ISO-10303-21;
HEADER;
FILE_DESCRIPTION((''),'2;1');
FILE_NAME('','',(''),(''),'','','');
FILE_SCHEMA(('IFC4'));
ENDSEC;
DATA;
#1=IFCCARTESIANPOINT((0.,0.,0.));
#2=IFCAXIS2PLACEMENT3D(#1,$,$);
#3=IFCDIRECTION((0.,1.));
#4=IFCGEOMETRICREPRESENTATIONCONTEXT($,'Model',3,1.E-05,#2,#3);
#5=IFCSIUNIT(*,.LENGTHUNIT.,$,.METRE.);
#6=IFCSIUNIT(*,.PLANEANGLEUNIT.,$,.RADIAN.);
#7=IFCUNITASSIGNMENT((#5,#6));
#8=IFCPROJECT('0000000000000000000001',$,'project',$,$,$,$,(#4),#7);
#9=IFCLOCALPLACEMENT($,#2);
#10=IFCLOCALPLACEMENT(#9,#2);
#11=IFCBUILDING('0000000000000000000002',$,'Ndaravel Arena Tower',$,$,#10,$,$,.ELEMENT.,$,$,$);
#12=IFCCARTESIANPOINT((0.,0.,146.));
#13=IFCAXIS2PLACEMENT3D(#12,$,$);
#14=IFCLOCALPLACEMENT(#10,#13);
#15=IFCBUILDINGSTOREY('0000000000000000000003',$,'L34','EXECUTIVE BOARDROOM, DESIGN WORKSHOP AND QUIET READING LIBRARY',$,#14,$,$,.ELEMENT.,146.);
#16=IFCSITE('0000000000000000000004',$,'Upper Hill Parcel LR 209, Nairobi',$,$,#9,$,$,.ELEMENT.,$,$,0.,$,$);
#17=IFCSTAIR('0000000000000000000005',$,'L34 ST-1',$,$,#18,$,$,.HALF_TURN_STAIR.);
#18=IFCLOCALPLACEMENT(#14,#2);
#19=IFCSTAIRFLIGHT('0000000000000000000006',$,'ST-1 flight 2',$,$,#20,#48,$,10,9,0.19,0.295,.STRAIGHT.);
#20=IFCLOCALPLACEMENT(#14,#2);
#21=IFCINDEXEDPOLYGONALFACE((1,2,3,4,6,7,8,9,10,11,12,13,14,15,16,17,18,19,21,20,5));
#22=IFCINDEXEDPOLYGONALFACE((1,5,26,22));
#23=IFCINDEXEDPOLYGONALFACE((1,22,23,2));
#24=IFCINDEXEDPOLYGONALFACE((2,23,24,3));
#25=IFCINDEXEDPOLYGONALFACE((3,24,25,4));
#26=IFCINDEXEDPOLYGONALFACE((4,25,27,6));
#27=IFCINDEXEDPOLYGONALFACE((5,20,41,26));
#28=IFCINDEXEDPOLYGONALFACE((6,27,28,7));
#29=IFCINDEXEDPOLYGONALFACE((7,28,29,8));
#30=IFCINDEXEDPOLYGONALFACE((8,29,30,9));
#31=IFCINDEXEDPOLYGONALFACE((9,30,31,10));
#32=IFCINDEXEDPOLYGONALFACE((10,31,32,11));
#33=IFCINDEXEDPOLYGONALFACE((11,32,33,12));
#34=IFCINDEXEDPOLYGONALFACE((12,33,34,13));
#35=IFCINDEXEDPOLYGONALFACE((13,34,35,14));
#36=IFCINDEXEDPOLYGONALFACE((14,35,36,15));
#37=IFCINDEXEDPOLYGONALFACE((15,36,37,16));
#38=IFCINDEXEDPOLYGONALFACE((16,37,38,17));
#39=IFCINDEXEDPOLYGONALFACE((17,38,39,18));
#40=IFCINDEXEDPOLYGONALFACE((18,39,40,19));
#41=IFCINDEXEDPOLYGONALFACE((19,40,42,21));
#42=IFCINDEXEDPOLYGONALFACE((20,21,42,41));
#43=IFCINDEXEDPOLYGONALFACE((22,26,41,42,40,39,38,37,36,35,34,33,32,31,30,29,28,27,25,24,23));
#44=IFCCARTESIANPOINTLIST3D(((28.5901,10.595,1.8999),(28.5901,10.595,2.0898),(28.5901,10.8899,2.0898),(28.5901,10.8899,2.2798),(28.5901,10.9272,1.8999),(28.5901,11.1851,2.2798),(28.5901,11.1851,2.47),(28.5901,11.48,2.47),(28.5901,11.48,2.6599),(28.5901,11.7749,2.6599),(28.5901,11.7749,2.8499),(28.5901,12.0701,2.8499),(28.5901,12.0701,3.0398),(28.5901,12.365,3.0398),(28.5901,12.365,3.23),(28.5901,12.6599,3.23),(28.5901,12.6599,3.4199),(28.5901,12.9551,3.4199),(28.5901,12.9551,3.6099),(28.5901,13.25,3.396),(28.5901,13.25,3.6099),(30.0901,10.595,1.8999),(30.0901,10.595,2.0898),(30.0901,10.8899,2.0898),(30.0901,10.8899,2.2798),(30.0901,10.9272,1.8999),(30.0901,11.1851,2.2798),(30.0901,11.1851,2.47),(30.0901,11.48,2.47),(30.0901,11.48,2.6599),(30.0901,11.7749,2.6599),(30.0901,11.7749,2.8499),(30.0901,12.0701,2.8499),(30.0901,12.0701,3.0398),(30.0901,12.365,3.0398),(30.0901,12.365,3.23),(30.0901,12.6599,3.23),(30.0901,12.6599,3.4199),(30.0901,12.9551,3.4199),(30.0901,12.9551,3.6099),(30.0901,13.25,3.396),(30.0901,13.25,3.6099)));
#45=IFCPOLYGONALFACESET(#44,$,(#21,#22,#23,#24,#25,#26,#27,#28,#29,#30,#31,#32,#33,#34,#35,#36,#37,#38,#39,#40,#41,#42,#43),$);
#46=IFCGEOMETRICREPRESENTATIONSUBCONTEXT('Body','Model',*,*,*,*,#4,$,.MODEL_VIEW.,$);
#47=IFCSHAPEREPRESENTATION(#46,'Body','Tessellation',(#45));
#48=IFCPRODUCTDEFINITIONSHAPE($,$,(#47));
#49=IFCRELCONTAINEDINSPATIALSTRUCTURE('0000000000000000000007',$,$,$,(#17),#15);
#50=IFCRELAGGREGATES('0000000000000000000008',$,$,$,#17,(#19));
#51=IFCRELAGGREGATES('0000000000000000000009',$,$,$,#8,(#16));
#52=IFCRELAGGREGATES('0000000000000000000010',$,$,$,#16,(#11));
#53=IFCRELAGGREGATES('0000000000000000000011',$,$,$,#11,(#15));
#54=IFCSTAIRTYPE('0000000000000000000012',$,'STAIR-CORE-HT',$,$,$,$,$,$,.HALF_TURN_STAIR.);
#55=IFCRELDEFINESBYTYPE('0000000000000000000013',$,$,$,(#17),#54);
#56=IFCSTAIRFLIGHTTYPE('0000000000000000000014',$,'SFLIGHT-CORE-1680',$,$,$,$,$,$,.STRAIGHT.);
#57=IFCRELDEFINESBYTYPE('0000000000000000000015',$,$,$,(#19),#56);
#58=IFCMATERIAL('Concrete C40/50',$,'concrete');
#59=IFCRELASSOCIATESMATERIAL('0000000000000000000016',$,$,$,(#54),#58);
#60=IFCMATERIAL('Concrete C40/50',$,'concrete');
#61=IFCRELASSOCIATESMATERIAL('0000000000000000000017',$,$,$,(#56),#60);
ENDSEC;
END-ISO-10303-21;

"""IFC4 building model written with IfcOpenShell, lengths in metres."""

from ifc_helpers import new_model, si_unit, direction, frame, origin, place, context, subcontext, project, spatial, polyline, outline, extrude, material, type_object, element, aggregate, save


model = new_model("IFC4")

# Units and contexts
model_context = context("Model", 3, precision=1e-05, world=origin(), true_north=direction((0.0, 1.0)))
body_context = subcontext(model_context, "Body", "Model", "MODEL_VIEW")
ifc_project = project(units=[si_unit("LENGTHUNIT", "METRE"), si_unit("PLANEANGLEUNIT", "RADIAN")], contexts=[model_context])

# Site, building, storey
site_placement = place(None, origin())
site = spatial("IfcSite", under=ifc_project, at=site_placement, Name="Upper Hill Parcel LR 209, Nairobi", CompositionType="ELEMENT", RefElevation=0.0)
building_placement = place(site_placement, origin())
building = spatial("IfcBuilding", under=site, at=building_placement, Name="Ndaravel Arena Tower", CompositionType="ELEMENT")
storey_placement = place(building_placement, frame((0.0, 0.0, 146.0)))
storey = spatial("IfcBuildingStorey", under=building, at=storey_placement, Name="L34", Description="EXECUTIVE BOARDROOM, DESIGN WORKSHOP AND QUIET READING LIBRARY", CompositionType="ELEMENT", Elevation=146.0)

# Stair, stair flight
ifc_material_1 = material(Name="Concrete C40/50", Category="concrete")
stair_type = type_object("IfcStairType", Name="STAIR-CORE-HT", PredefinedType="HALF_TURN_STAIR", material=ifc_material_1)
stair_placement = place(storey_placement, origin())
stair = element("IfcStair", 1, at=stair_placement, inside=storey, type_object=stair_type, Name="L34 ST-1", PredefinedType="HALF_TURN_STAIR")
ifc_material_2 = material(Name="Concrete C40/50", Category="concrete")
stair_flight_type = type_object("IfcStairFlightType", Name="SFLIGHT-CORE-1680", PredefinedType="STRAIGHT", material=ifc_material_2)
stair_flight_placement = place(storey_placement, frame((29.3401, 10.595, 1.8999), z_axis=(0.0, 0.0, 1.0), x_axis=(0.0, 1.0, 0.0)))
stair_flight = element("IfcStairFlight", 2, at=stair_flight_placement, type_object=stair_flight_type, Name="ST-1 flight 2", NumberOfRisers=10, NumberOfTreads=9, PredefinedType="STRAIGHT", RiserHeight=0.19, TreadLength=0.295, context=body_context, shape_type="SweptSolid", body=[
    extrude(outline(polyline([(0.0, 0.0), (0.0, 0.1899), (0.2949, 0.1899), (0.2949, 0.3799), (0.5901, 0.3799), (0.5901, 0.5701), (0.885, 0.5701), (0.885, 0.76), (1.1799, 0.76), (1.1799, 0.95), (1.4751, 0.95), (1.4751, 1.1399), (1.77, 1.1399), (1.77, 1.3301), (2.0649, 1.3301), (2.0649, 1.52), (2.3601, 1.52), (2.3601, 1.71), (2.655, 1.71), (2.655, 1.8999), (2.655, 1.4961), (0.3323, 0.0), (0.0, 0.0)])), frame((0.0, 0.75, 0.0), z_axis=(0.0, -1.0, 0.0), x_axis=(1.0, 0.0, 0.0)), (0.0, 0.0, 1.0), 1.5),
])
aggregate(stair, [stair_flight])

save(model, "model.ifc")
